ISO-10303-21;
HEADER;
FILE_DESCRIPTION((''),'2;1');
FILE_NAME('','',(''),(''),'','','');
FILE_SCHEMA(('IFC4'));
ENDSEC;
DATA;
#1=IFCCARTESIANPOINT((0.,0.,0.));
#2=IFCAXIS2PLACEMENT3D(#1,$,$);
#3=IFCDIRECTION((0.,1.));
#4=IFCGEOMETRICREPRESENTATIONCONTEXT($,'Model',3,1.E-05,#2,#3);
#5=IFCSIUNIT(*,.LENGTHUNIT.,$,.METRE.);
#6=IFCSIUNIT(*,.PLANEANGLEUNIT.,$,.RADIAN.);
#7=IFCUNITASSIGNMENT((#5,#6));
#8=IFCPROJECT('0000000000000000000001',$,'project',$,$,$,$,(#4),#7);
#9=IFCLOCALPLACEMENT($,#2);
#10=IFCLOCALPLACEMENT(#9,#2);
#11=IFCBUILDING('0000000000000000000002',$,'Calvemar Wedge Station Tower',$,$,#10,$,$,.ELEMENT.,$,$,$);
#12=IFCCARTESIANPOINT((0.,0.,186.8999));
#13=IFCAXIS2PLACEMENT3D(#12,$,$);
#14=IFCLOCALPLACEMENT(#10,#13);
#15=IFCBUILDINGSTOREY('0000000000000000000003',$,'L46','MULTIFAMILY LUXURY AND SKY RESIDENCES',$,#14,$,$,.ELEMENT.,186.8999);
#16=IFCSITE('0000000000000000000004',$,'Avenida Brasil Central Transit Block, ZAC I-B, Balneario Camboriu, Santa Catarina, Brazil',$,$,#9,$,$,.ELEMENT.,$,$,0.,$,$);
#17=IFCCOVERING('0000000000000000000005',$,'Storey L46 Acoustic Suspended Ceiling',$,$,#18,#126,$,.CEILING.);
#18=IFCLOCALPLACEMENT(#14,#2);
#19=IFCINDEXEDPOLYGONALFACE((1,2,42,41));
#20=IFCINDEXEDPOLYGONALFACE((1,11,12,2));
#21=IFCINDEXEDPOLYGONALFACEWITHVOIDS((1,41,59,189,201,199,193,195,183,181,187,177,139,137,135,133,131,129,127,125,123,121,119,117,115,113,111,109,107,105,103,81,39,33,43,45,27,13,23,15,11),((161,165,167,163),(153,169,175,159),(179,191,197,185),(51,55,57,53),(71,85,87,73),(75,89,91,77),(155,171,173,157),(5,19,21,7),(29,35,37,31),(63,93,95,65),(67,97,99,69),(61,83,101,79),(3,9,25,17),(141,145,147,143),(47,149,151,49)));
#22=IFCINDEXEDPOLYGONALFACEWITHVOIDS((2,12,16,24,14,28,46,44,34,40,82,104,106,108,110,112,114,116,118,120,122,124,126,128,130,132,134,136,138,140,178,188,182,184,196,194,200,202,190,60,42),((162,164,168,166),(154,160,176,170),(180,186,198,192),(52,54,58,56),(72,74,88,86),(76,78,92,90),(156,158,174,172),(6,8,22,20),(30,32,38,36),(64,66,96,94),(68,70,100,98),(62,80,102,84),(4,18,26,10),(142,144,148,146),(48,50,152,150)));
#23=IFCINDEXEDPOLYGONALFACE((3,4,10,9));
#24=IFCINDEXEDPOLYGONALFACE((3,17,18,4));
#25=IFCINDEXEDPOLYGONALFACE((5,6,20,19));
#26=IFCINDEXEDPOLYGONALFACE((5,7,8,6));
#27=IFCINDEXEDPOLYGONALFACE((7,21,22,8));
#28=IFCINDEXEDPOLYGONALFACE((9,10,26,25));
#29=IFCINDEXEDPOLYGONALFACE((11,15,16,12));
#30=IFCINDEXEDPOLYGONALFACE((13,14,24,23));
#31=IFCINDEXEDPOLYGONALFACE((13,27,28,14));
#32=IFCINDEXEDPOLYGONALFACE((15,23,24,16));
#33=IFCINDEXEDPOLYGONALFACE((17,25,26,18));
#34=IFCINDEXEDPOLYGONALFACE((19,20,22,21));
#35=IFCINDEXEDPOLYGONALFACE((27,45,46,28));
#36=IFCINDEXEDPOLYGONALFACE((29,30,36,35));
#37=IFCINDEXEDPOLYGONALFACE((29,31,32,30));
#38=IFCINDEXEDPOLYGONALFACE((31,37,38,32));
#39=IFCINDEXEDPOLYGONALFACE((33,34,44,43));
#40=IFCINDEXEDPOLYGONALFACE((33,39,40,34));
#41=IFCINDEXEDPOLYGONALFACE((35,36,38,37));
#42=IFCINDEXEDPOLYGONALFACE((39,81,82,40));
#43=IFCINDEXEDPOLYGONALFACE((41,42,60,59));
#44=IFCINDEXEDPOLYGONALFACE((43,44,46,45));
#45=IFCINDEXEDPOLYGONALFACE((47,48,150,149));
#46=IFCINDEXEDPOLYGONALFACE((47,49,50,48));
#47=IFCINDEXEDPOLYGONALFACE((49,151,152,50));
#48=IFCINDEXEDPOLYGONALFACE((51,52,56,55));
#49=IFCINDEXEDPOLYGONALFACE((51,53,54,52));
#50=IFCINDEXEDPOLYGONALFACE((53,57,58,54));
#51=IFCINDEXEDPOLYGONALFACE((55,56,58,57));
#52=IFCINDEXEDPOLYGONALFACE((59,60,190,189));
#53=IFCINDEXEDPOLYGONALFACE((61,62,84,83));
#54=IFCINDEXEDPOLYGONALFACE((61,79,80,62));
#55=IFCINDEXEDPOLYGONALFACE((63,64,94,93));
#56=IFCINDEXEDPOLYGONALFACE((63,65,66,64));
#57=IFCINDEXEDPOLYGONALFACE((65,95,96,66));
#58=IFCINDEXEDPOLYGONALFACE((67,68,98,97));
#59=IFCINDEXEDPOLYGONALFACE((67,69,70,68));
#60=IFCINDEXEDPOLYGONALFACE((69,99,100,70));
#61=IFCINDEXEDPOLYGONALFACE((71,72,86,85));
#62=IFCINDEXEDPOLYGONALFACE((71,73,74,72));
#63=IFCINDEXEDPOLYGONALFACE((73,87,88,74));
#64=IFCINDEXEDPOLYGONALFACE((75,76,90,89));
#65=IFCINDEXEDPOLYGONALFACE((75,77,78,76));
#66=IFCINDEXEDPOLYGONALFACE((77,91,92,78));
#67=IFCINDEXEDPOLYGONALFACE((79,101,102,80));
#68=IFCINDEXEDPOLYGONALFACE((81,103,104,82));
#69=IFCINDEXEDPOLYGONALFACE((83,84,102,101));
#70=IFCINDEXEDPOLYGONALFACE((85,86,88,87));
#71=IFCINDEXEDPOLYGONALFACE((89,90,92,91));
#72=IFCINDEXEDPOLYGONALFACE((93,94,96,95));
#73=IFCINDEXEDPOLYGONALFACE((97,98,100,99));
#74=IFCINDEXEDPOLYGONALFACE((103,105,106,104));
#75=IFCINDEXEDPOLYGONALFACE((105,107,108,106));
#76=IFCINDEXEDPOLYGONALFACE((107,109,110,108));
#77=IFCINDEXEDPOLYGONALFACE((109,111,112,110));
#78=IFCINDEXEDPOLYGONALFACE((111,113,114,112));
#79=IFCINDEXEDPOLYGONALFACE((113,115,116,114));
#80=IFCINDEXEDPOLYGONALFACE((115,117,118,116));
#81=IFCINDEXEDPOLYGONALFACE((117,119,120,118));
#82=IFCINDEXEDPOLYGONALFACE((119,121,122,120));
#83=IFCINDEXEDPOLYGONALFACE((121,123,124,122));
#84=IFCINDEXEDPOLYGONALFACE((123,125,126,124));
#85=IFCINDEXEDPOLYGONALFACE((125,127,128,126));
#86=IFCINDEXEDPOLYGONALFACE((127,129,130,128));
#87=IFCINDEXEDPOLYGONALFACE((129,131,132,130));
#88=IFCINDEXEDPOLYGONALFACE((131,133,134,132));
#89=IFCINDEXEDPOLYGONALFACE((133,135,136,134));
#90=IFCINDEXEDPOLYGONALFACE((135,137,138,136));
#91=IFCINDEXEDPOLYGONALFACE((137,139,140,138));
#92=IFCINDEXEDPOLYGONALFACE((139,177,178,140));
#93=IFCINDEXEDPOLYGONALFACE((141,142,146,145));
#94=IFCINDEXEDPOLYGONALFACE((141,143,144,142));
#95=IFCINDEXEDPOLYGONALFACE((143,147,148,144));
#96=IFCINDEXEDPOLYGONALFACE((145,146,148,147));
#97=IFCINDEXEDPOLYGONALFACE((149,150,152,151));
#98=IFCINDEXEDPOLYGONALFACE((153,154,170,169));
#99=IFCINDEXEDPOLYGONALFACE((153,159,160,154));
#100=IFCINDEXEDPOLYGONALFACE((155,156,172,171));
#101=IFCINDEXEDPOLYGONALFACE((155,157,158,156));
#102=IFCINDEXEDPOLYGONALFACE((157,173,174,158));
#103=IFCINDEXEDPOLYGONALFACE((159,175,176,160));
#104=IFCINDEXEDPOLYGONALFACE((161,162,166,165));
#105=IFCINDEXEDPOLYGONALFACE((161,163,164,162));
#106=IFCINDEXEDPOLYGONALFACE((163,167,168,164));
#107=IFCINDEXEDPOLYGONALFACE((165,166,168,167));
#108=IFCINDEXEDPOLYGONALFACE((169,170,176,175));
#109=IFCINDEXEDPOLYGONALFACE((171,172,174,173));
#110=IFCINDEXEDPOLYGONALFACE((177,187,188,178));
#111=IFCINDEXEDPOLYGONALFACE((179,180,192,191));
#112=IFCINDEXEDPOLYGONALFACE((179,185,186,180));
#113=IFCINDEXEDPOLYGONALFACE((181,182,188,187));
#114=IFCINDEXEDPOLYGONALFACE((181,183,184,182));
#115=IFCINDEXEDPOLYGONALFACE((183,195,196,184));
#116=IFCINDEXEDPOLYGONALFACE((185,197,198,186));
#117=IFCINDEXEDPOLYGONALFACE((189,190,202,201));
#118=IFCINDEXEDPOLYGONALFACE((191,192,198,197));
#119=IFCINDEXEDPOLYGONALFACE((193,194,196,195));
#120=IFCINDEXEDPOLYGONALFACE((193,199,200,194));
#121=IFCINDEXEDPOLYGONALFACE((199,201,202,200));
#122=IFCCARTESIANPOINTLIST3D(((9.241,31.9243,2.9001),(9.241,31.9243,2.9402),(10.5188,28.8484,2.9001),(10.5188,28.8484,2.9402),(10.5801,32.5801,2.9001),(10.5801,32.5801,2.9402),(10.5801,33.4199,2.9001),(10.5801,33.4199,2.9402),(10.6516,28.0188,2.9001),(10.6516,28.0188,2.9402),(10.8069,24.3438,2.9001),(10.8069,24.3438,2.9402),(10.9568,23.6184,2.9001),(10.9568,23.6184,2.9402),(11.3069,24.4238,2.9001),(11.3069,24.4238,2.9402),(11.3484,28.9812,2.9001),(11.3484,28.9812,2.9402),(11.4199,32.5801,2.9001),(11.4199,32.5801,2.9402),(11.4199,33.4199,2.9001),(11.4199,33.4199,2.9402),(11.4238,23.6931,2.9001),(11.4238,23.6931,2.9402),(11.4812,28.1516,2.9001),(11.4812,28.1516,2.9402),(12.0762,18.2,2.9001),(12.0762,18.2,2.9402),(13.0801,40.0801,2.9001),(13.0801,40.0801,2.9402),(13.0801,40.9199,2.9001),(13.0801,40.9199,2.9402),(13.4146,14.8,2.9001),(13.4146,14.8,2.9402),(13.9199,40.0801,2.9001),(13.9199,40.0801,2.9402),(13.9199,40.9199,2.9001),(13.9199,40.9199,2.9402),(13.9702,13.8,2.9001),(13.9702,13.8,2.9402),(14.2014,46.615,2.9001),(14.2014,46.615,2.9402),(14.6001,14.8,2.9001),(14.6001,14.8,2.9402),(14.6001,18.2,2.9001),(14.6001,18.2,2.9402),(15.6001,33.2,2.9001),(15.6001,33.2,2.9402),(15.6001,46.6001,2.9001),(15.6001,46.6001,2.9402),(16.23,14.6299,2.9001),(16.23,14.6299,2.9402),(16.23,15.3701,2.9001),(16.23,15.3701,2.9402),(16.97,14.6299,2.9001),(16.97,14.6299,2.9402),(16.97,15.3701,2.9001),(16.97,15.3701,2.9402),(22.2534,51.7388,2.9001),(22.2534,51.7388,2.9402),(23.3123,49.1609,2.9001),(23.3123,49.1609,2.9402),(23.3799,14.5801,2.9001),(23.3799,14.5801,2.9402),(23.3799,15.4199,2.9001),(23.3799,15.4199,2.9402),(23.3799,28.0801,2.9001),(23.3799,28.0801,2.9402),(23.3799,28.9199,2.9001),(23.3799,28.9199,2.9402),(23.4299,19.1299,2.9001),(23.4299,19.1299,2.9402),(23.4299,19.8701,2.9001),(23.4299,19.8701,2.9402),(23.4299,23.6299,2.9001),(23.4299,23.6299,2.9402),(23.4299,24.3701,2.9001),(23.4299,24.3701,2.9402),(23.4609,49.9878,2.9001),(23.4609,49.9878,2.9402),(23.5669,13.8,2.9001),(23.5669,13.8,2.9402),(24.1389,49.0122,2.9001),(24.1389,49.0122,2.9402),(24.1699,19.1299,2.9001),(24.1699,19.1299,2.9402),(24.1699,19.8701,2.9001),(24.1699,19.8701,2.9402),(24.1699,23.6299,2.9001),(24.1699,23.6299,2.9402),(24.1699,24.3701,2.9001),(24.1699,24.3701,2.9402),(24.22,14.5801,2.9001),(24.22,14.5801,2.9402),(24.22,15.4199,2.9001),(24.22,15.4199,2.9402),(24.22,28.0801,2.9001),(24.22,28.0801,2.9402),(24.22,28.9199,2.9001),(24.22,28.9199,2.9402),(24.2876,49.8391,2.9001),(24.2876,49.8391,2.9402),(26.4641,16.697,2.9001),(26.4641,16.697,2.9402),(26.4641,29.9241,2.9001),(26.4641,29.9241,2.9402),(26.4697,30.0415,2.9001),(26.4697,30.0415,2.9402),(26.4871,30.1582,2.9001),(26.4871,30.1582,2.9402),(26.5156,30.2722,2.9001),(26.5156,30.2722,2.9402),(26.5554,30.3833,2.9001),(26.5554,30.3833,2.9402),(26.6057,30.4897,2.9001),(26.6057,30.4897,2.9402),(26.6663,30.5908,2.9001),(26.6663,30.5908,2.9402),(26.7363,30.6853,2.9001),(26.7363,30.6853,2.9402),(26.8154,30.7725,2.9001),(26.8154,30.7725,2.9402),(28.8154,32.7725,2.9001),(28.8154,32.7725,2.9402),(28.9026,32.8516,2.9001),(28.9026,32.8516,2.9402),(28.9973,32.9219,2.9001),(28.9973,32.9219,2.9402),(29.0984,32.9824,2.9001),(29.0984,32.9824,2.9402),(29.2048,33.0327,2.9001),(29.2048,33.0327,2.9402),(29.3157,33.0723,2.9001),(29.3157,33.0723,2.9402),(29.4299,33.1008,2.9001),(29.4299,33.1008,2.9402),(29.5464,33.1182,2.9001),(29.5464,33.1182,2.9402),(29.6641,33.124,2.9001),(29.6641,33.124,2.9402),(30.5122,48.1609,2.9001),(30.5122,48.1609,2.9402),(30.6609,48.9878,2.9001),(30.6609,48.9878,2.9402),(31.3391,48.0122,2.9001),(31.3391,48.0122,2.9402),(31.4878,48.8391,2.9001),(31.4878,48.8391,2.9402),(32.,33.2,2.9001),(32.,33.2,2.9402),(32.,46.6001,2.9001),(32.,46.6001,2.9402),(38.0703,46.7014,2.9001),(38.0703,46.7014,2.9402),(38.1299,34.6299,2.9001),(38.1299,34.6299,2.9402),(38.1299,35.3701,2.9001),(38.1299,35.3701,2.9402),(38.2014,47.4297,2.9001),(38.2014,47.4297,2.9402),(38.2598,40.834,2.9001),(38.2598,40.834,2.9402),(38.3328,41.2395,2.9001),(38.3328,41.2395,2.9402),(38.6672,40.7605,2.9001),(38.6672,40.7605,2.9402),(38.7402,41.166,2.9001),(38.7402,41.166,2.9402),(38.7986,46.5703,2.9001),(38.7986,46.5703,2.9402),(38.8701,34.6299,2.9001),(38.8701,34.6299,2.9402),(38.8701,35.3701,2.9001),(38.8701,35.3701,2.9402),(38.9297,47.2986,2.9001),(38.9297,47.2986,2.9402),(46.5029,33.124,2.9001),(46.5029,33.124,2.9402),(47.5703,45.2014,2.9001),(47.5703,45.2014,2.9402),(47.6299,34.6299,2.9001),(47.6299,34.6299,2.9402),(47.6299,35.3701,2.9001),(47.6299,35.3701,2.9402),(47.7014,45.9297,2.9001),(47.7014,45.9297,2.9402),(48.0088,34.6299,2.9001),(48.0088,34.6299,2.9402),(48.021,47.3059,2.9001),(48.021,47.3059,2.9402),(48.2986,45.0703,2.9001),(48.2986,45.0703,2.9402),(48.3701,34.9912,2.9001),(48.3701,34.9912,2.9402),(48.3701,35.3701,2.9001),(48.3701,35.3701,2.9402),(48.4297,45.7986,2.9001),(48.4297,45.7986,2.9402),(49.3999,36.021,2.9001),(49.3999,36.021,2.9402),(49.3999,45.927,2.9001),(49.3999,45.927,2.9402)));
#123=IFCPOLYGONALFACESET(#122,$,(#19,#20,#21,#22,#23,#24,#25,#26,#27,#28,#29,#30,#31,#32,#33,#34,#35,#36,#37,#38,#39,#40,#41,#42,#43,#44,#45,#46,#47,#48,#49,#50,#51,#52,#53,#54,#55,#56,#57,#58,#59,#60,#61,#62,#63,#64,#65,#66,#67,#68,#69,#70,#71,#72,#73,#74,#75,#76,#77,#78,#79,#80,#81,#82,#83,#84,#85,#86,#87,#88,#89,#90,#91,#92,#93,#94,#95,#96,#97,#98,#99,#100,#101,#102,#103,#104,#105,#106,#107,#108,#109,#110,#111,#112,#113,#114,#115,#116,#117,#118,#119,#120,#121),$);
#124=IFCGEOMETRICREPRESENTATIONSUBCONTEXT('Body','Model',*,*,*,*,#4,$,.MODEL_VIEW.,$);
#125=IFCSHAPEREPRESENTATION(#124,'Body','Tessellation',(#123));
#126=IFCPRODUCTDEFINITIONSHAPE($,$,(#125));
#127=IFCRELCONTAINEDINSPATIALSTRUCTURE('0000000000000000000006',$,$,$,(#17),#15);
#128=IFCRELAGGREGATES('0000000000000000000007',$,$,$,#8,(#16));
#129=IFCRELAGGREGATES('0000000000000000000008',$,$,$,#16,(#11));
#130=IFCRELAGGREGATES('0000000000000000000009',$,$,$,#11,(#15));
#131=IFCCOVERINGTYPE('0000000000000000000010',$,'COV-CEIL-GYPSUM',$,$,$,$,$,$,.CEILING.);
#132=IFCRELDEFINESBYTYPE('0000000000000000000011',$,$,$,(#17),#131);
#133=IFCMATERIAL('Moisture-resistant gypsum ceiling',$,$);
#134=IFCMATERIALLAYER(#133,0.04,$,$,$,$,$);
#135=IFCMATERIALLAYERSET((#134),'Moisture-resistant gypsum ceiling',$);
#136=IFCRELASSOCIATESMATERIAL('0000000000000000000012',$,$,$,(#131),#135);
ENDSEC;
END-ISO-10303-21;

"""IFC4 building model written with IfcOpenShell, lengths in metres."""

from ifc_helpers import new_model, si_unit, direction, frame, origin, place, context, subcontext, project, spatial, polyline, outline, extrude, material, layer, layer_set, type_object, element, save


model = new_model("IFC4")

# Units and contexts
model_context = context("Model", 3, precision=1e-05, world=origin(), true_north=direction((0.0, 1.0)))
body_context = subcontext(model_context, "Body", "Model", "MODEL_VIEW")
ifc_project = project(units=[si_unit("LENGTHUNIT", "METRE"), si_unit("PLANEANGLEUNIT", "RADIAN")], contexts=[model_context])

# Site, building, storey
site_placement = place(None, origin())
site = spatial("IfcSite", under=ifc_project, at=site_placement, Name="Avenida Brasil Central Transit Block, ZAC I-B, Balneario Camboriu, Santa Catarina, Brazil", CompositionType="ELEMENT", RefElevation=0.0)
building_placement = place(site_placement, origin())
building = spatial("IfcBuilding", under=site, at=building_placement, Name="Calvemar Wedge Station Tower", CompositionType="ELEMENT")
storey_placement = place(building_placement, frame((0.0, 0.0, 186.8999)))
storey = spatial("IfcBuildingStorey", under=building, at=storey_placement, Name="L46", Description="MULTIFAMILY LUXURY AND SKY RESIDENCES", CompositionType="ELEMENT", Elevation=186.8999)

# Covering
ifc_material_1 = material(Name="Moisture-resistant gypsum ceiling")
ifc_layer_1 = layer(ifc_material_1, 0.04)
ifc_layer_set_1 = layer_set([ifc_layer_1], Name="Moisture-resistant gypsum ceiling")
covering_type_1 = type_object("IfcCoveringType", Name="COV-CEIL-GYPSUM", PredefinedType="CEILING", material=ifc_layer_set_1)
covering_1_placement = place(storey_placement, frame((0.0, 0.0, 2.9001)))
element("IfcCovering", 1, at=covering_1_placement, inside=storey, type_object=covering_type_1, Name="Storey L46 Acoustic Suspended Ceiling", PredefinedType="CEILING", context=body_context, shape_type="SweptSolid", body=[
    extrude(outline(polyline([(26.8154, 30.7725), (28.8154, 32.7725), (28.9026, 32.8516), (28.9973, 32.9219), (29.0984, 32.9824), (29.2048, 33.0327), (29.3157, 33.0723), (29.4299, 33.1008), (29.5464, 33.1182), (29.6641, 33.124), (46.5029, 33.124), (48.0088, 34.6299), (47.6299, 34.6299), (47.6299, 35.3701), (48.3701, 35.3701), (48.3701, 34.9912), (49.3999, 36.021), (49.3999, 45.927), (48.021, 47.3059), (22.2534, 51.7388), (14.2014, 46.615), (9.241, 31.9243), (10.8069, 24.3438), (11.3069, 24.4238), (11.4238, 23.6931), (10.9568, 23.6184), (12.0762, 18.2), (14.6001, 18.2), (14.6001, 14.8), (13.4146, 14.8), (13.9702, 13.8), (23.5669, 13.8), (26.4641, 16.697), (26.4641, 29.9241), (26.4697, 30.0415), (26.4871, 30.1582), (26.5156, 30.2722), (26.5554, 30.3833), (26.6057, 30.4897), (26.6663, 30.5908), (26.7363, 30.6853), (26.8154, 30.7725)]), holes=[polyline([(15.6001, 46.6001), (32.0, 46.6001), (32.0, 33.2), (15.6001, 33.2), (15.6001, 46.6001)]), polyline([(10.5801, 32.5801), (10.5801, 33.4199), (11.4199, 33.4199), (11.4199, 32.5801), (10.5801, 32.5801)]), polyline([(13.0801, 40.9199), (13.9199, 40.9199), (13.9199, 40.0801), (13.0801, 40.0801), (13.0801, 40.9199)]), polyline([(24.2876, 49.8391), (24.1389, 49.0122), (23.3123, 49.1609), (23.4609, 49.9878), (24.2876, 49.8391)]), polyline([(31.3391, 48.0122), (30.5122, 48.1609), (30.6609, 48.9878), (31.4878, 48.8391), (31.3391, 48.0122)]), polyline([(38.0703, 46.7014), (38.2014, 47.4297), (38.9297, 47.2986), (38.7986, 46.5703), (38.0703, 46.7014)]), polyline([(47.7014, 45.9297), (48.4297, 45.7986), (48.2986, 45.0703), (47.5703, 45.2014), (47.7014, 45.9297)]), polyline([(38.8701, 35.3701), (38.8701, 34.6299), (38.1299, 34.6299), (38.1299, 35.3701), (38.8701, 35.3701)]), polyline([(38.2598, 40.834), (38.3328, 41.2395), (38.7402, 41.166), (38.6672, 40.7605), (38.2598, 40.834)]), polyline([(11.3484, 28.9812), (11.4812, 28.1516), (10.6516, 28.0188), (10.5188, 28.8484), (11.3484, 28.9812)]), polyline([(24.22, 28.0801), (23.3799, 28.0801), (23.3799, 28.9199), (24.22, 28.9199), (24.22, 28.0801)]), polyline([(23.4299, 23.6299), (23.4299, 24.3701), (24.1699, 24.3701), (24.1699, 23.6299), (23.4299, 23.6299)]), polyline([(23.4299, 19.8701), (24.1699, 19.8701), (24.1699, 19.1299), (23.4299, 19.1299), (23.4299, 19.8701)]), polyline([(24.22, 15.4199), (24.22, 14.5801), (23.3799, 14.5801), (23.3799, 15.4199), (24.22, 15.4199)]), polyline([(16.97, 14.6299), (16.23, 14.6299), (16.23, 15.3701), (16.97, 15.3701), (16.97, 14.6299)])]), origin(), (0.0, 0.0, 1.0), 0.04),
])

save(model, "model.ifc")
